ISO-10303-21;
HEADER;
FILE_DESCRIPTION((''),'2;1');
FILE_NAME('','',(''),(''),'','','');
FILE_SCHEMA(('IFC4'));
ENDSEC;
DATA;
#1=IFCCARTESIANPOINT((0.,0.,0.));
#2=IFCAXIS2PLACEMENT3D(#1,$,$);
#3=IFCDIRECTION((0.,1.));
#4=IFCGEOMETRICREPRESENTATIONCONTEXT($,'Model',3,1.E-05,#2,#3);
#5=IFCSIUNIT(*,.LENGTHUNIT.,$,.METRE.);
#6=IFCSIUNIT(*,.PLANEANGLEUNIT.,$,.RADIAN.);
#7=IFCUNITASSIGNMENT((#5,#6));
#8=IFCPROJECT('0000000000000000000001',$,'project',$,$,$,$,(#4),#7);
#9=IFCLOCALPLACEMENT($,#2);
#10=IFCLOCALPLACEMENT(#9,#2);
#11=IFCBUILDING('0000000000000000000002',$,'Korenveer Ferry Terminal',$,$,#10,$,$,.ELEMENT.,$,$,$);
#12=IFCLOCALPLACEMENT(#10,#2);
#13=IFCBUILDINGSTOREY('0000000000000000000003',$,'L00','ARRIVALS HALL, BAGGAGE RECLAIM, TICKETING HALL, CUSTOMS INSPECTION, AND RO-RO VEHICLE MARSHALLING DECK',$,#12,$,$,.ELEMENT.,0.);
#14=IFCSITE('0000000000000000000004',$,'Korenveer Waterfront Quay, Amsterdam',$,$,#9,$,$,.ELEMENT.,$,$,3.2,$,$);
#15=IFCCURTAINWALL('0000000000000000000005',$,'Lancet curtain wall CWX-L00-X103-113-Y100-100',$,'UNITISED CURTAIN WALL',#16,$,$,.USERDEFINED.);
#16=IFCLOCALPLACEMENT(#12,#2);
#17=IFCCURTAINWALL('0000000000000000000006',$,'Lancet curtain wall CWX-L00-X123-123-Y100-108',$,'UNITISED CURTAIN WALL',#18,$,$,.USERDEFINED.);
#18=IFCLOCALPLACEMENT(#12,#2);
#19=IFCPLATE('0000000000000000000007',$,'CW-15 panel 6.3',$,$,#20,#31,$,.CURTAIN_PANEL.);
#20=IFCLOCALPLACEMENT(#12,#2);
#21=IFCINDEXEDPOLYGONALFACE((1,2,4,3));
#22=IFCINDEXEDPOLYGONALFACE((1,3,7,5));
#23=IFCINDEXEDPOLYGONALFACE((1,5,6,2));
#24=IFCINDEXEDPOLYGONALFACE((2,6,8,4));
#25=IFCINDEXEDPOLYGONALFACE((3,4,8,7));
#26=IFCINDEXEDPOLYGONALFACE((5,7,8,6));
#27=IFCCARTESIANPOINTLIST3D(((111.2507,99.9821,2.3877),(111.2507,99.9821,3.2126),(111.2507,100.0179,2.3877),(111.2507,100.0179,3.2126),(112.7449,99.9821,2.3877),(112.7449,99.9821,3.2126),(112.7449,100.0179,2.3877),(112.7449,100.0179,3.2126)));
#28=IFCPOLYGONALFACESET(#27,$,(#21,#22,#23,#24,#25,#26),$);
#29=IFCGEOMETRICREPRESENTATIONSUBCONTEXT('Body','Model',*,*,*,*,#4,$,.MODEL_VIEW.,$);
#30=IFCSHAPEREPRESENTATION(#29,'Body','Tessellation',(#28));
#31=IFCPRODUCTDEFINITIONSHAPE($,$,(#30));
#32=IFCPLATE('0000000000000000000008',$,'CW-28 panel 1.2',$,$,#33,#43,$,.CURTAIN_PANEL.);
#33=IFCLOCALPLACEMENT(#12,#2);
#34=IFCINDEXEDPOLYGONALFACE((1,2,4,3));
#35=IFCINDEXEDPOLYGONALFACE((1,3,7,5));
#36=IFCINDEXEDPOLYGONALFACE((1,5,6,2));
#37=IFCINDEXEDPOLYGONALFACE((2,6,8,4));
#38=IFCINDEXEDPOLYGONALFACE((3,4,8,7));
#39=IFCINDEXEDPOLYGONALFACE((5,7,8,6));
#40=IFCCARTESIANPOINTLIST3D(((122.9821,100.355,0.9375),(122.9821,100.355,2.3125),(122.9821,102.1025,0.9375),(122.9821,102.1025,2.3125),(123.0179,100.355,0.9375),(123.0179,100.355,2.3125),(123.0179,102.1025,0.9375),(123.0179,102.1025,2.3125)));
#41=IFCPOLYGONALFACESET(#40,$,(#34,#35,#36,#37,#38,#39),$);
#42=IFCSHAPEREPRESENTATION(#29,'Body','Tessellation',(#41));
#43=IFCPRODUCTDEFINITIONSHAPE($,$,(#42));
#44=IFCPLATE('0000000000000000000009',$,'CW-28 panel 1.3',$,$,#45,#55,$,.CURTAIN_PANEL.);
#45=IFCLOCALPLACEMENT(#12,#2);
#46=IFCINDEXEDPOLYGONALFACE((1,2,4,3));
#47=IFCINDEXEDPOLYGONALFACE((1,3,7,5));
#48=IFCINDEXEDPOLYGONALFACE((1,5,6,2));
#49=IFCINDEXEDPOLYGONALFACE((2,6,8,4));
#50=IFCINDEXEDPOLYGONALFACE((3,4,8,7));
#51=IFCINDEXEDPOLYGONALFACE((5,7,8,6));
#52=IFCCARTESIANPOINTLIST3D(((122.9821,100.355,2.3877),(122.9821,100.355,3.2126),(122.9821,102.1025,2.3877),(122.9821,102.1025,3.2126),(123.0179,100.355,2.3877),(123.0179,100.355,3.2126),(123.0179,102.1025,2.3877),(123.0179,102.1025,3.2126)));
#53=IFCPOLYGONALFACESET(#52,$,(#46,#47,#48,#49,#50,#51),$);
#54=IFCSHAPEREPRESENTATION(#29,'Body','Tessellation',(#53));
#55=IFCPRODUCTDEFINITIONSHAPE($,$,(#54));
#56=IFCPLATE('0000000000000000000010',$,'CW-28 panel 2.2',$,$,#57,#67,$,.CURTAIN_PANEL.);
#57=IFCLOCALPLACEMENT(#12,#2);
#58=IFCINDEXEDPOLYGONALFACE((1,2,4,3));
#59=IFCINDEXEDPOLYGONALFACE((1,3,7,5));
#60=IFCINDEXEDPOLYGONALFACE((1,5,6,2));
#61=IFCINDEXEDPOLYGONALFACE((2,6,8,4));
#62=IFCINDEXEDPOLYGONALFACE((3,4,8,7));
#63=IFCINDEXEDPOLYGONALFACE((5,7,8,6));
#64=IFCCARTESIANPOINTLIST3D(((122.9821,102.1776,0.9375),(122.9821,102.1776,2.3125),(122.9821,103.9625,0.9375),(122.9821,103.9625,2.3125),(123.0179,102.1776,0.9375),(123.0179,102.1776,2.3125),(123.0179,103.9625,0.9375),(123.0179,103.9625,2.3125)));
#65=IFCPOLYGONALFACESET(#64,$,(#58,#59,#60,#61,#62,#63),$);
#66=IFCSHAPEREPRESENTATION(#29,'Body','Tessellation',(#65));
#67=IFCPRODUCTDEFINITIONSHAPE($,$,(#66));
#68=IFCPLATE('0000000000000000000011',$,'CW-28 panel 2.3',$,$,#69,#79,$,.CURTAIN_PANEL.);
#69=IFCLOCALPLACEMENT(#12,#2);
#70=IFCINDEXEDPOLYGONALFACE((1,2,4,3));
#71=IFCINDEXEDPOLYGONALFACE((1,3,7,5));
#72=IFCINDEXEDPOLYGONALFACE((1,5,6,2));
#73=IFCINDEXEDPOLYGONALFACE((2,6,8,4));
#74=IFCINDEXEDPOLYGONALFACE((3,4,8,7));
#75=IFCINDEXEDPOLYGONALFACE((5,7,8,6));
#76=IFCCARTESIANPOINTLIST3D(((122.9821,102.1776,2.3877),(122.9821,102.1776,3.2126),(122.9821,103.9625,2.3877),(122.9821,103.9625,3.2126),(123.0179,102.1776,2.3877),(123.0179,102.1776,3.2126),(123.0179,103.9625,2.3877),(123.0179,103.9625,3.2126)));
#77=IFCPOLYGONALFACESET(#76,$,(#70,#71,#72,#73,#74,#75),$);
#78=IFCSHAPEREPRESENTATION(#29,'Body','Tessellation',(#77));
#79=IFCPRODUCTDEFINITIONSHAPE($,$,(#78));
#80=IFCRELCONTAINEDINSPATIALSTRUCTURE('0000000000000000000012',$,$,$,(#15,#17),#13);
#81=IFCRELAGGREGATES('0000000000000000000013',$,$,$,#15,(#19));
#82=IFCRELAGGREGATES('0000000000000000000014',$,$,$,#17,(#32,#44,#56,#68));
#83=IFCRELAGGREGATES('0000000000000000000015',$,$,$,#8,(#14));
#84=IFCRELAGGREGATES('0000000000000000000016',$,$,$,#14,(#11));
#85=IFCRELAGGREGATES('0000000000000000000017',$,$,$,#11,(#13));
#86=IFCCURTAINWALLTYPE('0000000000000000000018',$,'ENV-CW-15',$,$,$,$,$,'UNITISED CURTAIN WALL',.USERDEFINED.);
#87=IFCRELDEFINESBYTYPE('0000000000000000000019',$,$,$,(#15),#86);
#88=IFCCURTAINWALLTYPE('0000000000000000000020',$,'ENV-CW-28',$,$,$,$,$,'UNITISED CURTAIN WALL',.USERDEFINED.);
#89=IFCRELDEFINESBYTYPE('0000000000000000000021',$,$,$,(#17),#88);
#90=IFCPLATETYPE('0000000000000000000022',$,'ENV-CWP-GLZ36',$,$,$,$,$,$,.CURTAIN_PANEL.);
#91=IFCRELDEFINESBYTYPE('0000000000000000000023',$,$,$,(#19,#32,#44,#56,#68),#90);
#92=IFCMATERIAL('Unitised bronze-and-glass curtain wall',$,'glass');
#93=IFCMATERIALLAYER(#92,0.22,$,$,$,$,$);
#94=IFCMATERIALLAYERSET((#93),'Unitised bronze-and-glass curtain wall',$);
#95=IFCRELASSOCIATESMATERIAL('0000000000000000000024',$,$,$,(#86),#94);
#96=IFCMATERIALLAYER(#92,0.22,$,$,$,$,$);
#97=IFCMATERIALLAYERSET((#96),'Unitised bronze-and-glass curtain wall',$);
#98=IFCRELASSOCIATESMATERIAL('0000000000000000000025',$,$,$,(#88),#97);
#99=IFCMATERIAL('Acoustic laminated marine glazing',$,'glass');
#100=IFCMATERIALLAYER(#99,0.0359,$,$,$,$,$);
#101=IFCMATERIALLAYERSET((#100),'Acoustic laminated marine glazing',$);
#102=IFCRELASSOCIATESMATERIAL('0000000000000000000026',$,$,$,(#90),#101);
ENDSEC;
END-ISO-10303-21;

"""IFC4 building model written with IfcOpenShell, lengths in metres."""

from ifc_helpers import new_model, si_unit, direction, frame, origin, origin_2d, place, context, subcontext, project, spatial, rectangle, extrude, material, layer, layer_set, type_object, element, aggregate, save


model = new_model("IFC4")

# Units and contexts
model_context = context("Model", 3, precision=1e-05, world=origin(), true_north=direction((0.0, 1.0)))
body_context = subcontext(model_context, "Body", "Model", "MODEL_VIEW")
ifc_project = project(units=[si_unit("LENGTHUNIT", "METRE"), si_unit("PLANEANGLEUNIT", "RADIAN")], contexts=[model_context])

# Site, building, storey
site_placement = place(None, origin())
site = spatial("IfcSite", under=ifc_project, at=site_placement, Name="Korenveer Waterfront Quay, Amsterdam", CompositionType="ELEMENT", RefElevation=3.2)
building_placement = place(site_placement, origin())
building = spatial("IfcBuilding", under=site, at=building_placement, Name="Korenveer Ferry Terminal", CompositionType="ELEMENT")
storey_placement = place(building_placement, origin())
storey = spatial("IfcBuildingStorey", under=building, at=storey_placement, Name="L00", Description="ARRIVALS HALL, BAGGAGE RECLAIM, TICKETING HALL, CUSTOMS INSPECTION, AND RO-RO VEHICLE MARSHALLING DECK", CompositionType="ELEMENT", Elevation=0.0)

# Curtain walls
ifc_material_1 = material(Name="Unitised bronze-and-glass curtain wall", Category="glass")
ifc_layer_1 = layer(ifc_material_1, 0.22)
ifc_layer_set_1 = layer_set([ifc_layer_1], Name="Unitised bronze-and-glass curtain wall")
curtain_wall_type_1 = type_object("IfcCurtainWallType", Name="ENV-CW-15", ElementType="UNITISED CURTAIN WALL", PredefinedType="USERDEFINED", material=ifc_layer_set_1)
curtain_wall_1_placement = place(storey_placement, frame((103.1799, 100.0, 0.0)))
curtain_wall_1 = element("IfcCurtainWall", 1, at=curtain_wall_1_placement, inside=storey, type_object=curtain_wall_type_1, Name="Lancet curtain wall CWX-L00-X103-113-Y100-100", ObjectType="UNITISED CURTAIN WALL", PredefinedType="USERDEFINED")
ifc_layer_2 = layer(ifc_material_1, 0.22)
ifc_layer_set_2 = layer_set([ifc_layer_2], Name="Unitised bronze-and-glass curtain wall")
curtain_wall_type_2 = type_object("IfcCurtainWallType", Name="ENV-CW-28", ElementType="UNITISED CURTAIN WALL", PredefinedType="USERDEFINED", material=ifc_layer_set_2)
curtain_wall_2_placement = place(storey_placement, frame((123.0, 100.28, 0.0)))
curtain_wall_2 = element("IfcCurtainWall", 2, at=curtain_wall_2_placement, inside=storey, type_object=curtain_wall_type_2, Name="Lancet curtain wall CWX-L00-X123-123-Y100-108", ObjectType="UNITISED CURTAIN WALL", PredefinedType="USERDEFINED")

# Plates
ifc_material_2 = material(Name="Acoustic laminated marine glazing", Category="glass")
ifc_layer_3 = layer(ifc_material_2, 0.0359)
ifc_layer_set_3 = layer_set([ifc_layer_3], Name="Acoustic laminated marine glazing")
plate_type = type_object("IfcPlateType", Name="ENV-CWP-GLZ36", PredefinedType="CURTAIN_PANEL", material=ifc_layer_set_3)
plate_1_placement = place(storey_placement, frame((111.9978, 100.0, 2.3877), z_axis=(0.0, 0.0, 1.0), x_axis=(1.0, 0.0, 0.0)))
plate_1 = element("IfcPlate", 3, at=plate_1_placement, type_object=plate_type, Name="CW-15 panel 6.3", PredefinedType="CURTAIN_PANEL", context=body_context, shape_type="SweptSolid", body=[
    extrude(rectangle(XDim=1.4941, YDim=0.0359, at=origin_2d()), origin(), (0.0, 0.0, 1.0), 0.825),
])
aggregate(curtain_wall_1, [plate_1])
plate_2_placement = place(storey_placement, frame((123.0, 101.2288, 0.9375), z_axis=(0.0, 0.0, 1.0), x_axis=(0.0, 1.0, 0.0)))
plate_2 = element("IfcPlate", 4, at=plate_2_placement, type_object=plate_type, Name="CW-28 panel 1.2", PredefinedType="CURTAIN_PANEL", context=body_context, shape_type="SweptSolid", body=[
    extrude(rectangle(XDim=1.7476, YDim=0.0359, at=origin_2d()), origin(), (0.0, 0.0, 1.0), 1.375),
])
plate_3_placement = place(storey_placement, frame((123.0, 101.2288, 2.3877), z_axis=(0.0, 0.0, 1.0), x_axis=(0.0, 1.0, 0.0)))
plate_3 = element("IfcPlate", 5, at=plate_3_placement, type_object=plate_type, Name="CW-28 panel 1.3", PredefinedType="CURTAIN_PANEL", context=body_context, shape_type="SweptSolid", body=[
    extrude(rectangle(XDim=1.7476, YDim=0.0359, at=origin_2d()), origin(), (0.0, 0.0, 1.0), 0.825),
])
plate_4_placement = place(storey_placement, frame((123.0, 103.0701, 0.9375), z_axis=(0.0, 0.0, 1.0), x_axis=(0.0, 1.0, 0.0)))
plate_4 = element("IfcPlate", 6, at=plate_4_placement, type_object=plate_type, Name="CW-28 panel 2.2", PredefinedType="CURTAIN_PANEL", context=body_context, shape_type="SweptSolid", body=[
    extrude(rectangle(XDim=1.7849, YDim=0.0359, at=origin_2d()), origin(), (0.0, 0.0, 1.0), 1.375),
])
plate_5_placement = place(storey_placement, frame((123.0, 103.0701, 2.3877), z_axis=(0.0, 0.0, 1.0), x_axis=(0.0, 1.0, 0.0)))
plate_5 = element("IfcPlate", 7, at=plate_5_placement, type_object=plate_type, Name="CW-28 panel 2.3", PredefinedType="CURTAIN_PANEL", context=body_context, shape_type="SweptSolid", body=[
    extrude(rectangle(XDim=1.7849, YDim=0.0359, at=origin_2d()), origin(), (0.0, 0.0, 1.0), 0.825),
])
aggregate(curtain_wall_2, [plate_2, plate_3, plate_4, plate_5])

save(model, "model.ifc")
